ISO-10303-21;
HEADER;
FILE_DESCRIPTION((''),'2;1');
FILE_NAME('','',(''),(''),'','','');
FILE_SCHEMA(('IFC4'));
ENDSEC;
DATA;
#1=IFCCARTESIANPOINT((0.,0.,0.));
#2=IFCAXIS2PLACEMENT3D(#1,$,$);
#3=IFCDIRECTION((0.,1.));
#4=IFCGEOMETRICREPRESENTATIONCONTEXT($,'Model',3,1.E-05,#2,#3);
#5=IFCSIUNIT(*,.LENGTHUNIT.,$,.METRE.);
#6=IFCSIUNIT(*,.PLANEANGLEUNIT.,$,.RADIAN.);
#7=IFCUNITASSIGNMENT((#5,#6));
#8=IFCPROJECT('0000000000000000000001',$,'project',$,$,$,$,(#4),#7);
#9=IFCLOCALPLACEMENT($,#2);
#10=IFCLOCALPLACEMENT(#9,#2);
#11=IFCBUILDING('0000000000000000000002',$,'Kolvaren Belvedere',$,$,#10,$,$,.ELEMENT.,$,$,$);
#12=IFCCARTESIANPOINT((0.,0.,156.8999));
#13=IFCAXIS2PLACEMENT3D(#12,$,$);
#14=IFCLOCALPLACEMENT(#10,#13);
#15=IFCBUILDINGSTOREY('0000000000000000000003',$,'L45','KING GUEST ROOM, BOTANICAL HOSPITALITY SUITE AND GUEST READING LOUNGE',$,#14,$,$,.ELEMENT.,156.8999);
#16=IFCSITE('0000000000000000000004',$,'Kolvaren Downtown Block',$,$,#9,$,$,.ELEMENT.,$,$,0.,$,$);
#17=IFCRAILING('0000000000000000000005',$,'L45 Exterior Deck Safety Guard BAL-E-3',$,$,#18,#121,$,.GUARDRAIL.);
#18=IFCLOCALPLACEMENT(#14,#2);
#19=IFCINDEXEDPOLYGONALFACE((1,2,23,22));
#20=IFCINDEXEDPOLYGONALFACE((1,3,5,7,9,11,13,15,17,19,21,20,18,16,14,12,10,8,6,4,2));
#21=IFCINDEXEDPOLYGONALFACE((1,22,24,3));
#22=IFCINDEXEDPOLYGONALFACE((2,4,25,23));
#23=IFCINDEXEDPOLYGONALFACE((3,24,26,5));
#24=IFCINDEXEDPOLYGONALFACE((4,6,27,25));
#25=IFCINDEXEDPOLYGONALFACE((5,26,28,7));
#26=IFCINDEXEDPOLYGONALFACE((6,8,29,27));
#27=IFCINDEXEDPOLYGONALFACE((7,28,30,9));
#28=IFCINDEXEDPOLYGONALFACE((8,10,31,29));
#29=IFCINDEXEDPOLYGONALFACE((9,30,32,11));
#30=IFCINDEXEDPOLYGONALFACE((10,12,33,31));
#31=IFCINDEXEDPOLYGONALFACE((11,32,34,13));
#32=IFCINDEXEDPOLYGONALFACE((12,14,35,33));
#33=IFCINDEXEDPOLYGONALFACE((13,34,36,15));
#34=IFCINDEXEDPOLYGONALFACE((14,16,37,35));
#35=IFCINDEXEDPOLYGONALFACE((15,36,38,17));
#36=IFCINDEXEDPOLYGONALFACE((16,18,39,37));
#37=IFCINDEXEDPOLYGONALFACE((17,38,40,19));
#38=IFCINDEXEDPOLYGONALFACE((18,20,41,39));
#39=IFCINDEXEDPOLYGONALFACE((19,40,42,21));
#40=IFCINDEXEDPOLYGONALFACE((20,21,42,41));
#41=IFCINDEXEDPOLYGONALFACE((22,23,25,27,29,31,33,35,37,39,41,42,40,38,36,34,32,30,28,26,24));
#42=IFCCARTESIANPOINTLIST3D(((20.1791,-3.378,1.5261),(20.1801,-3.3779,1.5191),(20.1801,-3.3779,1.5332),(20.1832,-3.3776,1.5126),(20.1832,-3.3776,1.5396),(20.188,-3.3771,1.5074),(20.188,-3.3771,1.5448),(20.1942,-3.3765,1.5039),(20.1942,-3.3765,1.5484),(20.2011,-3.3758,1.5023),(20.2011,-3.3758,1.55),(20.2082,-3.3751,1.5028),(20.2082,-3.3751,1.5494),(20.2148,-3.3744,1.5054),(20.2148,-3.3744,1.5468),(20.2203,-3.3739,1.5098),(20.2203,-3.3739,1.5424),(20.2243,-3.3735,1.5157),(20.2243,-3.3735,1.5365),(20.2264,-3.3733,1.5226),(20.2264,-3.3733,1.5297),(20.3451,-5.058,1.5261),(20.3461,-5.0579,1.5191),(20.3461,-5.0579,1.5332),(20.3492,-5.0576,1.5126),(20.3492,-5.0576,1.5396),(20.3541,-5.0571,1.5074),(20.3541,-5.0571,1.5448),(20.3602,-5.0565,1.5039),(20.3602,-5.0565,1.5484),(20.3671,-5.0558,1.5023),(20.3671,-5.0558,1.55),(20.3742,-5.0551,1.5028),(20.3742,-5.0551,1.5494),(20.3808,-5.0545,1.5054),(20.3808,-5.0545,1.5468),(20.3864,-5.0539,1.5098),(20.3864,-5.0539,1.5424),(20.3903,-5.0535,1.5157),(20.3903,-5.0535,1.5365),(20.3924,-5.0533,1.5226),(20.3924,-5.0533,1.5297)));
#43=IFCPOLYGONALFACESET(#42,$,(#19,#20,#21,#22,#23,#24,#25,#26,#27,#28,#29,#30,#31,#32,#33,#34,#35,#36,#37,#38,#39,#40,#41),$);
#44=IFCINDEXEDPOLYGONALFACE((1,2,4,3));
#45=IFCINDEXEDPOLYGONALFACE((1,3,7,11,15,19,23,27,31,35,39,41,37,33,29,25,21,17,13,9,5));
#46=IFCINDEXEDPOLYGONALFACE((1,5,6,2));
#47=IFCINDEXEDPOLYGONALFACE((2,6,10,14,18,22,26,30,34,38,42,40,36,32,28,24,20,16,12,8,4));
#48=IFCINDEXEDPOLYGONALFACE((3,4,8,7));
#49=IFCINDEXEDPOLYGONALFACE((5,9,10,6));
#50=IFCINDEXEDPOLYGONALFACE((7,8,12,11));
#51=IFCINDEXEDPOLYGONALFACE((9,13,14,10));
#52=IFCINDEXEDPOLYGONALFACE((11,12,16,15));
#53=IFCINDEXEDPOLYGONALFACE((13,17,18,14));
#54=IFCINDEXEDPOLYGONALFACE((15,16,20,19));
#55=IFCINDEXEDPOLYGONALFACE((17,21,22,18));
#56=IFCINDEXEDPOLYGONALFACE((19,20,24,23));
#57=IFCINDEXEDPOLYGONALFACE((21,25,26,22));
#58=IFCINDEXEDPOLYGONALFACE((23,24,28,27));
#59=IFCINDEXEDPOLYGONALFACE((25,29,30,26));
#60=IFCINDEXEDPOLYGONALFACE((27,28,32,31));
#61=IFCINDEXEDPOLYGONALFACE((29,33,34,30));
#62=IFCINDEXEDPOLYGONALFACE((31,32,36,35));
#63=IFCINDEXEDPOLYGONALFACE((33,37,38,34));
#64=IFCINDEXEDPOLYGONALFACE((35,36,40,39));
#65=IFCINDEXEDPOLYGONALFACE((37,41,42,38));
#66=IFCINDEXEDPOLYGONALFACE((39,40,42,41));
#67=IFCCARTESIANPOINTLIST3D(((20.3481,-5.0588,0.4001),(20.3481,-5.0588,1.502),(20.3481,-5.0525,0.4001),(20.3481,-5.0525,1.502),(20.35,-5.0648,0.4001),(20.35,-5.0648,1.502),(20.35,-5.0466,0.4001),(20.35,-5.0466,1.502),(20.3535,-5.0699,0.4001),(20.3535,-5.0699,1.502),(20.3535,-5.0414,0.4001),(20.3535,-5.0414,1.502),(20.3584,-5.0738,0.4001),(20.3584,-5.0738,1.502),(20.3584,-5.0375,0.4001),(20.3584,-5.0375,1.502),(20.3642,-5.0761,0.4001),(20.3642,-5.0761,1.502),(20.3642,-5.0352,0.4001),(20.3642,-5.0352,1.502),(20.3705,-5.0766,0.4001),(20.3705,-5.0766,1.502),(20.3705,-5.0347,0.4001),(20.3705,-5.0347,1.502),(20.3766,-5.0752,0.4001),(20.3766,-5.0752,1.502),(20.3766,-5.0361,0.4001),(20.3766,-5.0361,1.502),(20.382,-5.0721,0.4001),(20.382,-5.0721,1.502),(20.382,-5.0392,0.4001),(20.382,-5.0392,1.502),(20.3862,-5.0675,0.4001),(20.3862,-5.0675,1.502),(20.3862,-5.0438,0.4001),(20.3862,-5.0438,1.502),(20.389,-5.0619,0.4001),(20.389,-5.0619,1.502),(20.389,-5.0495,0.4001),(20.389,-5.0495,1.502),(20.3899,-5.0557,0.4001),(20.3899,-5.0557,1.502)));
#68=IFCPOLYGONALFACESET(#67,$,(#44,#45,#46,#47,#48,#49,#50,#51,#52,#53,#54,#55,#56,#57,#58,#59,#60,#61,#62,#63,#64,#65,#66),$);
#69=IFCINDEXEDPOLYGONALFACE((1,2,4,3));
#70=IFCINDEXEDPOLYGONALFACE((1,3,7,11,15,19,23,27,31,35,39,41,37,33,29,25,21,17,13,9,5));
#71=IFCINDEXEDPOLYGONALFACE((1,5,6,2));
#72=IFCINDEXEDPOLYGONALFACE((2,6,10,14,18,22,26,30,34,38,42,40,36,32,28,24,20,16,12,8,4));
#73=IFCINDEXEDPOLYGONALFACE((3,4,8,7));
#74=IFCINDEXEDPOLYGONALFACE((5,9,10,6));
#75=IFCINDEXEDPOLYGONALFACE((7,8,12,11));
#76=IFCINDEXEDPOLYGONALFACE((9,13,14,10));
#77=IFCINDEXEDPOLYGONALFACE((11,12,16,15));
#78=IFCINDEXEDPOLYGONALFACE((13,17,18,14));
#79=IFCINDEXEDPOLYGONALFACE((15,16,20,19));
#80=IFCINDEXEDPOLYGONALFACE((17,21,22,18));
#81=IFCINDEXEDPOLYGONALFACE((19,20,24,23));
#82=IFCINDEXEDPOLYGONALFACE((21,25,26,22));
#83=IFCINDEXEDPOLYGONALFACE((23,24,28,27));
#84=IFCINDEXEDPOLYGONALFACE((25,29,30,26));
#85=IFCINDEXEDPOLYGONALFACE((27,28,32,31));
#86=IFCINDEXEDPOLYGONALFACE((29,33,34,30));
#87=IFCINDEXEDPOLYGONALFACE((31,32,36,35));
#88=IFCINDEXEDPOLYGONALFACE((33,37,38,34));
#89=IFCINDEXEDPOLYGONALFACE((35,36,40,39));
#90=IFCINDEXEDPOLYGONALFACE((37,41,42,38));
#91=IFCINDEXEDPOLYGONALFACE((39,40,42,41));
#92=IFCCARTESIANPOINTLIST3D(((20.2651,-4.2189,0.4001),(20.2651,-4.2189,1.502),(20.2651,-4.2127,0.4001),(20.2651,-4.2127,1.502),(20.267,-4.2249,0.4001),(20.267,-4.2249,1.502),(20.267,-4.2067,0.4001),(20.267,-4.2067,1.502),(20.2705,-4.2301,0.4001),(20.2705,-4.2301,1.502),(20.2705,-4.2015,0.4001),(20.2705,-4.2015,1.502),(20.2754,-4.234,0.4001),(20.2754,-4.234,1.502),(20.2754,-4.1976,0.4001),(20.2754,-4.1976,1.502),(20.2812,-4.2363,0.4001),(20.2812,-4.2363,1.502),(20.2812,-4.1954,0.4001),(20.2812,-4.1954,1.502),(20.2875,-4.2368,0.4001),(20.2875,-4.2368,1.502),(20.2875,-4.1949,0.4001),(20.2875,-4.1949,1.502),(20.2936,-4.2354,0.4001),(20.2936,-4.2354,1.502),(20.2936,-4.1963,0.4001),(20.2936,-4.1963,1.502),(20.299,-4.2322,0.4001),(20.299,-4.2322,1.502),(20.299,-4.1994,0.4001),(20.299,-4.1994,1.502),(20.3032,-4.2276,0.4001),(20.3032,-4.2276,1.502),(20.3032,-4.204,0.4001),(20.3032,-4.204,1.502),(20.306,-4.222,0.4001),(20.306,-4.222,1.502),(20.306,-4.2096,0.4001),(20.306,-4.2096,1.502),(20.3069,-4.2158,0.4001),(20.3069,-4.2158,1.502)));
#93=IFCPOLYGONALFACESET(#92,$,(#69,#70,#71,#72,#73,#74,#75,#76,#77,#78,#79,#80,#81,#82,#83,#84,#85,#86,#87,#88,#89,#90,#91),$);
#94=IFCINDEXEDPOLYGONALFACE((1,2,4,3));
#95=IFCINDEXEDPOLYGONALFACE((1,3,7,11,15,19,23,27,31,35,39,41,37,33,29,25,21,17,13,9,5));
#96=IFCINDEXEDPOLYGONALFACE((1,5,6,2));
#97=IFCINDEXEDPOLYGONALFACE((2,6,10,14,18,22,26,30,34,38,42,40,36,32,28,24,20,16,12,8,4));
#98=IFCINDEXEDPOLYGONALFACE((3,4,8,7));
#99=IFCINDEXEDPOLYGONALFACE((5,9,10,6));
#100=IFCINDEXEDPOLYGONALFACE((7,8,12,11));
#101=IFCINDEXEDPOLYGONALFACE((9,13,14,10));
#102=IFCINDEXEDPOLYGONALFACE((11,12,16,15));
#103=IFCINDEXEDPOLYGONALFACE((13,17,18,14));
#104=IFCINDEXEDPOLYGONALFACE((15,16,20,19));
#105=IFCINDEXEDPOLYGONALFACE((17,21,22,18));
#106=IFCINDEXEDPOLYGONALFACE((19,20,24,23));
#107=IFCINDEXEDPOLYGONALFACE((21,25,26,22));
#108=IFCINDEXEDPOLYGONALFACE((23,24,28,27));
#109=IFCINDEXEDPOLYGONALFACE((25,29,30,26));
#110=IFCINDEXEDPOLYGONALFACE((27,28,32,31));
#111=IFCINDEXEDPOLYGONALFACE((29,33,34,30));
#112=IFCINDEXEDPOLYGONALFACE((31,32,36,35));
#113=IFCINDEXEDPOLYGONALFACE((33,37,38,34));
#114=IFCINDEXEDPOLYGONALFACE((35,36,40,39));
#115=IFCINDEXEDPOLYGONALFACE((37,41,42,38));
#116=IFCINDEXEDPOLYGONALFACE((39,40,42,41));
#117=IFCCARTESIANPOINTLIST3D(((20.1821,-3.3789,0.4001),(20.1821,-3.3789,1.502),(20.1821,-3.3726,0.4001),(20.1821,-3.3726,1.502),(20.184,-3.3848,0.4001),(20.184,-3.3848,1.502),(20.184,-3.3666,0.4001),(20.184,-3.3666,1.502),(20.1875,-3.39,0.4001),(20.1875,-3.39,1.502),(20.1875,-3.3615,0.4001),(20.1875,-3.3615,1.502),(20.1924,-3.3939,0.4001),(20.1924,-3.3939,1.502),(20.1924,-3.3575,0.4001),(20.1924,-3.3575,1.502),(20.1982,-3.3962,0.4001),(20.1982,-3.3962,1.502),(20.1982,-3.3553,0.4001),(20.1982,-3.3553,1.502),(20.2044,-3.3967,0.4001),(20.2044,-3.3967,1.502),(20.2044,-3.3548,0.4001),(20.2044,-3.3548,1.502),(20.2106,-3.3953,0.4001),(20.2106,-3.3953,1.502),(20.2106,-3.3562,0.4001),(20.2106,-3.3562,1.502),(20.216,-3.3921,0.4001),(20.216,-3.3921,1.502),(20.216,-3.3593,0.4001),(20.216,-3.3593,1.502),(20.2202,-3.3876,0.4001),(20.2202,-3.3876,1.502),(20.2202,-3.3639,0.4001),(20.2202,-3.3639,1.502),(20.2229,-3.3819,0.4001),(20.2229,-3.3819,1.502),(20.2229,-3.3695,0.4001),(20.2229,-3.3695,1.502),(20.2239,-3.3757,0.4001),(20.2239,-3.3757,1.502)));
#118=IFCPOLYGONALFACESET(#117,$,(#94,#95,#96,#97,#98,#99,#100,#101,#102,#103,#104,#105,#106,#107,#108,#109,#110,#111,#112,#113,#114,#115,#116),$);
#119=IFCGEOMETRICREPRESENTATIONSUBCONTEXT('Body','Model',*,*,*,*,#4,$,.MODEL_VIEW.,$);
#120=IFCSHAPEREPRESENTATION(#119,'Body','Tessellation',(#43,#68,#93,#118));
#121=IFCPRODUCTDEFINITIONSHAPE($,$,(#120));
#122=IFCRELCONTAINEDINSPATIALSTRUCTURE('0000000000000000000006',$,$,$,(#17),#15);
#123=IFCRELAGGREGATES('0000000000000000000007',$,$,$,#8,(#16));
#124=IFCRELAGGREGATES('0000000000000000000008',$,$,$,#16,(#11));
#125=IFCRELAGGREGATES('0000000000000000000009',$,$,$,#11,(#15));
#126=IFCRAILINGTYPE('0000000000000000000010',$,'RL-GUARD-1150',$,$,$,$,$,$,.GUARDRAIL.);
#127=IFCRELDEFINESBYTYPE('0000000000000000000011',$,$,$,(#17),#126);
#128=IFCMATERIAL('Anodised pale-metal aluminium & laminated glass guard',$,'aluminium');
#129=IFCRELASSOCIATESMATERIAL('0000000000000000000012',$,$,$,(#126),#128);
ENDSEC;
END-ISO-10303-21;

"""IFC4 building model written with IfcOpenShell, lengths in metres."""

from ifc_helpers import new_model, si_unit, direction, frame, origin, origin_2d, place, context, subcontext, project, spatial, circle, extrude, material, type_object, element, save


model = new_model("IFC4")

# Units and contexts
model_context = context("Model", 3, precision=1e-05, world=origin(), true_north=direction((0.0, 1.0)))
body_context = subcontext(model_context, "Body", "Model", "MODEL_VIEW")
ifc_project = project(units=[si_unit("LENGTHUNIT", "METRE"), si_unit("PLANEANGLEUNIT", "RADIAN")], contexts=[model_context])

# Site, building, storey
site_placement = place(None, origin())
site = spatial("IfcSite", under=ifc_project, at=site_placement, Name="Kolvaren Downtown Block", CompositionType="ELEMENT", RefElevation=0.0)
building_placement = place(site_placement, origin())
building = spatial("IfcBuilding", under=site, at=building_placement, Name="Kolvaren Belvedere", CompositionType="ELEMENT")
storey_placement = place(building_placement, frame((0.0, 0.0, 156.8999)))
storey = spatial("IfcBuildingStorey", under=building, at=storey_placement, Name="L45", Description="KING GUEST ROOM, BOTANICAL HOSPITALITY SUITE AND GUEST READING LOUNGE", CompositionType="ELEMENT", Elevation=156.8999)

# Railing
ifc_material_1 = material(Name="Anodised pale-metal aluminium & laminated glass guard", Category="aluminium")
railing_type = type_object("IfcRailingType", Name="RL-GUARD-1150", PredefinedType="GUARDRAIL", material=ifc_material_1)
railing_1_placement = place(storey_placement, frame((20.3689, -5.0557, 0.4001)))
element("IfcRailing", 1, at=railing_1_placement, inside=storey, type_object=railing_type, Name="L45 Exterior Deck Safety Guard BAL-E-3", PredefinedType="GUARDRAIL", context=body_context, shape_type="SweptSolid", body=[
    extrude(circle(Radius=0.0239, at=origin_2d()), frame((0.0, 0.0, 1.126), z_axis=(-0.098344, 0.995152, 0.0), x_axis=(-0.995152, -0.098344, 0.0)), (0.0, 0.0, 1.0), 1.6882),
    extrude(circle(Radius=0.021, at=origin_2d()), origin(), (0.0, 0.0, 1.0), 1.1018),
    extrude(circle(Radius=0.021, at=origin_2d()), frame((-0.083, 0.8398, 0.0)), (0.0, 0.0, 1.0), 1.1018),
    extrude(circle(Radius=0.021, at=origin_2d()), frame((-0.166, 1.6799, 0.0)), (0.0, 0.0, 1.0), 1.1018),
])

save(model, "model.ifc")
